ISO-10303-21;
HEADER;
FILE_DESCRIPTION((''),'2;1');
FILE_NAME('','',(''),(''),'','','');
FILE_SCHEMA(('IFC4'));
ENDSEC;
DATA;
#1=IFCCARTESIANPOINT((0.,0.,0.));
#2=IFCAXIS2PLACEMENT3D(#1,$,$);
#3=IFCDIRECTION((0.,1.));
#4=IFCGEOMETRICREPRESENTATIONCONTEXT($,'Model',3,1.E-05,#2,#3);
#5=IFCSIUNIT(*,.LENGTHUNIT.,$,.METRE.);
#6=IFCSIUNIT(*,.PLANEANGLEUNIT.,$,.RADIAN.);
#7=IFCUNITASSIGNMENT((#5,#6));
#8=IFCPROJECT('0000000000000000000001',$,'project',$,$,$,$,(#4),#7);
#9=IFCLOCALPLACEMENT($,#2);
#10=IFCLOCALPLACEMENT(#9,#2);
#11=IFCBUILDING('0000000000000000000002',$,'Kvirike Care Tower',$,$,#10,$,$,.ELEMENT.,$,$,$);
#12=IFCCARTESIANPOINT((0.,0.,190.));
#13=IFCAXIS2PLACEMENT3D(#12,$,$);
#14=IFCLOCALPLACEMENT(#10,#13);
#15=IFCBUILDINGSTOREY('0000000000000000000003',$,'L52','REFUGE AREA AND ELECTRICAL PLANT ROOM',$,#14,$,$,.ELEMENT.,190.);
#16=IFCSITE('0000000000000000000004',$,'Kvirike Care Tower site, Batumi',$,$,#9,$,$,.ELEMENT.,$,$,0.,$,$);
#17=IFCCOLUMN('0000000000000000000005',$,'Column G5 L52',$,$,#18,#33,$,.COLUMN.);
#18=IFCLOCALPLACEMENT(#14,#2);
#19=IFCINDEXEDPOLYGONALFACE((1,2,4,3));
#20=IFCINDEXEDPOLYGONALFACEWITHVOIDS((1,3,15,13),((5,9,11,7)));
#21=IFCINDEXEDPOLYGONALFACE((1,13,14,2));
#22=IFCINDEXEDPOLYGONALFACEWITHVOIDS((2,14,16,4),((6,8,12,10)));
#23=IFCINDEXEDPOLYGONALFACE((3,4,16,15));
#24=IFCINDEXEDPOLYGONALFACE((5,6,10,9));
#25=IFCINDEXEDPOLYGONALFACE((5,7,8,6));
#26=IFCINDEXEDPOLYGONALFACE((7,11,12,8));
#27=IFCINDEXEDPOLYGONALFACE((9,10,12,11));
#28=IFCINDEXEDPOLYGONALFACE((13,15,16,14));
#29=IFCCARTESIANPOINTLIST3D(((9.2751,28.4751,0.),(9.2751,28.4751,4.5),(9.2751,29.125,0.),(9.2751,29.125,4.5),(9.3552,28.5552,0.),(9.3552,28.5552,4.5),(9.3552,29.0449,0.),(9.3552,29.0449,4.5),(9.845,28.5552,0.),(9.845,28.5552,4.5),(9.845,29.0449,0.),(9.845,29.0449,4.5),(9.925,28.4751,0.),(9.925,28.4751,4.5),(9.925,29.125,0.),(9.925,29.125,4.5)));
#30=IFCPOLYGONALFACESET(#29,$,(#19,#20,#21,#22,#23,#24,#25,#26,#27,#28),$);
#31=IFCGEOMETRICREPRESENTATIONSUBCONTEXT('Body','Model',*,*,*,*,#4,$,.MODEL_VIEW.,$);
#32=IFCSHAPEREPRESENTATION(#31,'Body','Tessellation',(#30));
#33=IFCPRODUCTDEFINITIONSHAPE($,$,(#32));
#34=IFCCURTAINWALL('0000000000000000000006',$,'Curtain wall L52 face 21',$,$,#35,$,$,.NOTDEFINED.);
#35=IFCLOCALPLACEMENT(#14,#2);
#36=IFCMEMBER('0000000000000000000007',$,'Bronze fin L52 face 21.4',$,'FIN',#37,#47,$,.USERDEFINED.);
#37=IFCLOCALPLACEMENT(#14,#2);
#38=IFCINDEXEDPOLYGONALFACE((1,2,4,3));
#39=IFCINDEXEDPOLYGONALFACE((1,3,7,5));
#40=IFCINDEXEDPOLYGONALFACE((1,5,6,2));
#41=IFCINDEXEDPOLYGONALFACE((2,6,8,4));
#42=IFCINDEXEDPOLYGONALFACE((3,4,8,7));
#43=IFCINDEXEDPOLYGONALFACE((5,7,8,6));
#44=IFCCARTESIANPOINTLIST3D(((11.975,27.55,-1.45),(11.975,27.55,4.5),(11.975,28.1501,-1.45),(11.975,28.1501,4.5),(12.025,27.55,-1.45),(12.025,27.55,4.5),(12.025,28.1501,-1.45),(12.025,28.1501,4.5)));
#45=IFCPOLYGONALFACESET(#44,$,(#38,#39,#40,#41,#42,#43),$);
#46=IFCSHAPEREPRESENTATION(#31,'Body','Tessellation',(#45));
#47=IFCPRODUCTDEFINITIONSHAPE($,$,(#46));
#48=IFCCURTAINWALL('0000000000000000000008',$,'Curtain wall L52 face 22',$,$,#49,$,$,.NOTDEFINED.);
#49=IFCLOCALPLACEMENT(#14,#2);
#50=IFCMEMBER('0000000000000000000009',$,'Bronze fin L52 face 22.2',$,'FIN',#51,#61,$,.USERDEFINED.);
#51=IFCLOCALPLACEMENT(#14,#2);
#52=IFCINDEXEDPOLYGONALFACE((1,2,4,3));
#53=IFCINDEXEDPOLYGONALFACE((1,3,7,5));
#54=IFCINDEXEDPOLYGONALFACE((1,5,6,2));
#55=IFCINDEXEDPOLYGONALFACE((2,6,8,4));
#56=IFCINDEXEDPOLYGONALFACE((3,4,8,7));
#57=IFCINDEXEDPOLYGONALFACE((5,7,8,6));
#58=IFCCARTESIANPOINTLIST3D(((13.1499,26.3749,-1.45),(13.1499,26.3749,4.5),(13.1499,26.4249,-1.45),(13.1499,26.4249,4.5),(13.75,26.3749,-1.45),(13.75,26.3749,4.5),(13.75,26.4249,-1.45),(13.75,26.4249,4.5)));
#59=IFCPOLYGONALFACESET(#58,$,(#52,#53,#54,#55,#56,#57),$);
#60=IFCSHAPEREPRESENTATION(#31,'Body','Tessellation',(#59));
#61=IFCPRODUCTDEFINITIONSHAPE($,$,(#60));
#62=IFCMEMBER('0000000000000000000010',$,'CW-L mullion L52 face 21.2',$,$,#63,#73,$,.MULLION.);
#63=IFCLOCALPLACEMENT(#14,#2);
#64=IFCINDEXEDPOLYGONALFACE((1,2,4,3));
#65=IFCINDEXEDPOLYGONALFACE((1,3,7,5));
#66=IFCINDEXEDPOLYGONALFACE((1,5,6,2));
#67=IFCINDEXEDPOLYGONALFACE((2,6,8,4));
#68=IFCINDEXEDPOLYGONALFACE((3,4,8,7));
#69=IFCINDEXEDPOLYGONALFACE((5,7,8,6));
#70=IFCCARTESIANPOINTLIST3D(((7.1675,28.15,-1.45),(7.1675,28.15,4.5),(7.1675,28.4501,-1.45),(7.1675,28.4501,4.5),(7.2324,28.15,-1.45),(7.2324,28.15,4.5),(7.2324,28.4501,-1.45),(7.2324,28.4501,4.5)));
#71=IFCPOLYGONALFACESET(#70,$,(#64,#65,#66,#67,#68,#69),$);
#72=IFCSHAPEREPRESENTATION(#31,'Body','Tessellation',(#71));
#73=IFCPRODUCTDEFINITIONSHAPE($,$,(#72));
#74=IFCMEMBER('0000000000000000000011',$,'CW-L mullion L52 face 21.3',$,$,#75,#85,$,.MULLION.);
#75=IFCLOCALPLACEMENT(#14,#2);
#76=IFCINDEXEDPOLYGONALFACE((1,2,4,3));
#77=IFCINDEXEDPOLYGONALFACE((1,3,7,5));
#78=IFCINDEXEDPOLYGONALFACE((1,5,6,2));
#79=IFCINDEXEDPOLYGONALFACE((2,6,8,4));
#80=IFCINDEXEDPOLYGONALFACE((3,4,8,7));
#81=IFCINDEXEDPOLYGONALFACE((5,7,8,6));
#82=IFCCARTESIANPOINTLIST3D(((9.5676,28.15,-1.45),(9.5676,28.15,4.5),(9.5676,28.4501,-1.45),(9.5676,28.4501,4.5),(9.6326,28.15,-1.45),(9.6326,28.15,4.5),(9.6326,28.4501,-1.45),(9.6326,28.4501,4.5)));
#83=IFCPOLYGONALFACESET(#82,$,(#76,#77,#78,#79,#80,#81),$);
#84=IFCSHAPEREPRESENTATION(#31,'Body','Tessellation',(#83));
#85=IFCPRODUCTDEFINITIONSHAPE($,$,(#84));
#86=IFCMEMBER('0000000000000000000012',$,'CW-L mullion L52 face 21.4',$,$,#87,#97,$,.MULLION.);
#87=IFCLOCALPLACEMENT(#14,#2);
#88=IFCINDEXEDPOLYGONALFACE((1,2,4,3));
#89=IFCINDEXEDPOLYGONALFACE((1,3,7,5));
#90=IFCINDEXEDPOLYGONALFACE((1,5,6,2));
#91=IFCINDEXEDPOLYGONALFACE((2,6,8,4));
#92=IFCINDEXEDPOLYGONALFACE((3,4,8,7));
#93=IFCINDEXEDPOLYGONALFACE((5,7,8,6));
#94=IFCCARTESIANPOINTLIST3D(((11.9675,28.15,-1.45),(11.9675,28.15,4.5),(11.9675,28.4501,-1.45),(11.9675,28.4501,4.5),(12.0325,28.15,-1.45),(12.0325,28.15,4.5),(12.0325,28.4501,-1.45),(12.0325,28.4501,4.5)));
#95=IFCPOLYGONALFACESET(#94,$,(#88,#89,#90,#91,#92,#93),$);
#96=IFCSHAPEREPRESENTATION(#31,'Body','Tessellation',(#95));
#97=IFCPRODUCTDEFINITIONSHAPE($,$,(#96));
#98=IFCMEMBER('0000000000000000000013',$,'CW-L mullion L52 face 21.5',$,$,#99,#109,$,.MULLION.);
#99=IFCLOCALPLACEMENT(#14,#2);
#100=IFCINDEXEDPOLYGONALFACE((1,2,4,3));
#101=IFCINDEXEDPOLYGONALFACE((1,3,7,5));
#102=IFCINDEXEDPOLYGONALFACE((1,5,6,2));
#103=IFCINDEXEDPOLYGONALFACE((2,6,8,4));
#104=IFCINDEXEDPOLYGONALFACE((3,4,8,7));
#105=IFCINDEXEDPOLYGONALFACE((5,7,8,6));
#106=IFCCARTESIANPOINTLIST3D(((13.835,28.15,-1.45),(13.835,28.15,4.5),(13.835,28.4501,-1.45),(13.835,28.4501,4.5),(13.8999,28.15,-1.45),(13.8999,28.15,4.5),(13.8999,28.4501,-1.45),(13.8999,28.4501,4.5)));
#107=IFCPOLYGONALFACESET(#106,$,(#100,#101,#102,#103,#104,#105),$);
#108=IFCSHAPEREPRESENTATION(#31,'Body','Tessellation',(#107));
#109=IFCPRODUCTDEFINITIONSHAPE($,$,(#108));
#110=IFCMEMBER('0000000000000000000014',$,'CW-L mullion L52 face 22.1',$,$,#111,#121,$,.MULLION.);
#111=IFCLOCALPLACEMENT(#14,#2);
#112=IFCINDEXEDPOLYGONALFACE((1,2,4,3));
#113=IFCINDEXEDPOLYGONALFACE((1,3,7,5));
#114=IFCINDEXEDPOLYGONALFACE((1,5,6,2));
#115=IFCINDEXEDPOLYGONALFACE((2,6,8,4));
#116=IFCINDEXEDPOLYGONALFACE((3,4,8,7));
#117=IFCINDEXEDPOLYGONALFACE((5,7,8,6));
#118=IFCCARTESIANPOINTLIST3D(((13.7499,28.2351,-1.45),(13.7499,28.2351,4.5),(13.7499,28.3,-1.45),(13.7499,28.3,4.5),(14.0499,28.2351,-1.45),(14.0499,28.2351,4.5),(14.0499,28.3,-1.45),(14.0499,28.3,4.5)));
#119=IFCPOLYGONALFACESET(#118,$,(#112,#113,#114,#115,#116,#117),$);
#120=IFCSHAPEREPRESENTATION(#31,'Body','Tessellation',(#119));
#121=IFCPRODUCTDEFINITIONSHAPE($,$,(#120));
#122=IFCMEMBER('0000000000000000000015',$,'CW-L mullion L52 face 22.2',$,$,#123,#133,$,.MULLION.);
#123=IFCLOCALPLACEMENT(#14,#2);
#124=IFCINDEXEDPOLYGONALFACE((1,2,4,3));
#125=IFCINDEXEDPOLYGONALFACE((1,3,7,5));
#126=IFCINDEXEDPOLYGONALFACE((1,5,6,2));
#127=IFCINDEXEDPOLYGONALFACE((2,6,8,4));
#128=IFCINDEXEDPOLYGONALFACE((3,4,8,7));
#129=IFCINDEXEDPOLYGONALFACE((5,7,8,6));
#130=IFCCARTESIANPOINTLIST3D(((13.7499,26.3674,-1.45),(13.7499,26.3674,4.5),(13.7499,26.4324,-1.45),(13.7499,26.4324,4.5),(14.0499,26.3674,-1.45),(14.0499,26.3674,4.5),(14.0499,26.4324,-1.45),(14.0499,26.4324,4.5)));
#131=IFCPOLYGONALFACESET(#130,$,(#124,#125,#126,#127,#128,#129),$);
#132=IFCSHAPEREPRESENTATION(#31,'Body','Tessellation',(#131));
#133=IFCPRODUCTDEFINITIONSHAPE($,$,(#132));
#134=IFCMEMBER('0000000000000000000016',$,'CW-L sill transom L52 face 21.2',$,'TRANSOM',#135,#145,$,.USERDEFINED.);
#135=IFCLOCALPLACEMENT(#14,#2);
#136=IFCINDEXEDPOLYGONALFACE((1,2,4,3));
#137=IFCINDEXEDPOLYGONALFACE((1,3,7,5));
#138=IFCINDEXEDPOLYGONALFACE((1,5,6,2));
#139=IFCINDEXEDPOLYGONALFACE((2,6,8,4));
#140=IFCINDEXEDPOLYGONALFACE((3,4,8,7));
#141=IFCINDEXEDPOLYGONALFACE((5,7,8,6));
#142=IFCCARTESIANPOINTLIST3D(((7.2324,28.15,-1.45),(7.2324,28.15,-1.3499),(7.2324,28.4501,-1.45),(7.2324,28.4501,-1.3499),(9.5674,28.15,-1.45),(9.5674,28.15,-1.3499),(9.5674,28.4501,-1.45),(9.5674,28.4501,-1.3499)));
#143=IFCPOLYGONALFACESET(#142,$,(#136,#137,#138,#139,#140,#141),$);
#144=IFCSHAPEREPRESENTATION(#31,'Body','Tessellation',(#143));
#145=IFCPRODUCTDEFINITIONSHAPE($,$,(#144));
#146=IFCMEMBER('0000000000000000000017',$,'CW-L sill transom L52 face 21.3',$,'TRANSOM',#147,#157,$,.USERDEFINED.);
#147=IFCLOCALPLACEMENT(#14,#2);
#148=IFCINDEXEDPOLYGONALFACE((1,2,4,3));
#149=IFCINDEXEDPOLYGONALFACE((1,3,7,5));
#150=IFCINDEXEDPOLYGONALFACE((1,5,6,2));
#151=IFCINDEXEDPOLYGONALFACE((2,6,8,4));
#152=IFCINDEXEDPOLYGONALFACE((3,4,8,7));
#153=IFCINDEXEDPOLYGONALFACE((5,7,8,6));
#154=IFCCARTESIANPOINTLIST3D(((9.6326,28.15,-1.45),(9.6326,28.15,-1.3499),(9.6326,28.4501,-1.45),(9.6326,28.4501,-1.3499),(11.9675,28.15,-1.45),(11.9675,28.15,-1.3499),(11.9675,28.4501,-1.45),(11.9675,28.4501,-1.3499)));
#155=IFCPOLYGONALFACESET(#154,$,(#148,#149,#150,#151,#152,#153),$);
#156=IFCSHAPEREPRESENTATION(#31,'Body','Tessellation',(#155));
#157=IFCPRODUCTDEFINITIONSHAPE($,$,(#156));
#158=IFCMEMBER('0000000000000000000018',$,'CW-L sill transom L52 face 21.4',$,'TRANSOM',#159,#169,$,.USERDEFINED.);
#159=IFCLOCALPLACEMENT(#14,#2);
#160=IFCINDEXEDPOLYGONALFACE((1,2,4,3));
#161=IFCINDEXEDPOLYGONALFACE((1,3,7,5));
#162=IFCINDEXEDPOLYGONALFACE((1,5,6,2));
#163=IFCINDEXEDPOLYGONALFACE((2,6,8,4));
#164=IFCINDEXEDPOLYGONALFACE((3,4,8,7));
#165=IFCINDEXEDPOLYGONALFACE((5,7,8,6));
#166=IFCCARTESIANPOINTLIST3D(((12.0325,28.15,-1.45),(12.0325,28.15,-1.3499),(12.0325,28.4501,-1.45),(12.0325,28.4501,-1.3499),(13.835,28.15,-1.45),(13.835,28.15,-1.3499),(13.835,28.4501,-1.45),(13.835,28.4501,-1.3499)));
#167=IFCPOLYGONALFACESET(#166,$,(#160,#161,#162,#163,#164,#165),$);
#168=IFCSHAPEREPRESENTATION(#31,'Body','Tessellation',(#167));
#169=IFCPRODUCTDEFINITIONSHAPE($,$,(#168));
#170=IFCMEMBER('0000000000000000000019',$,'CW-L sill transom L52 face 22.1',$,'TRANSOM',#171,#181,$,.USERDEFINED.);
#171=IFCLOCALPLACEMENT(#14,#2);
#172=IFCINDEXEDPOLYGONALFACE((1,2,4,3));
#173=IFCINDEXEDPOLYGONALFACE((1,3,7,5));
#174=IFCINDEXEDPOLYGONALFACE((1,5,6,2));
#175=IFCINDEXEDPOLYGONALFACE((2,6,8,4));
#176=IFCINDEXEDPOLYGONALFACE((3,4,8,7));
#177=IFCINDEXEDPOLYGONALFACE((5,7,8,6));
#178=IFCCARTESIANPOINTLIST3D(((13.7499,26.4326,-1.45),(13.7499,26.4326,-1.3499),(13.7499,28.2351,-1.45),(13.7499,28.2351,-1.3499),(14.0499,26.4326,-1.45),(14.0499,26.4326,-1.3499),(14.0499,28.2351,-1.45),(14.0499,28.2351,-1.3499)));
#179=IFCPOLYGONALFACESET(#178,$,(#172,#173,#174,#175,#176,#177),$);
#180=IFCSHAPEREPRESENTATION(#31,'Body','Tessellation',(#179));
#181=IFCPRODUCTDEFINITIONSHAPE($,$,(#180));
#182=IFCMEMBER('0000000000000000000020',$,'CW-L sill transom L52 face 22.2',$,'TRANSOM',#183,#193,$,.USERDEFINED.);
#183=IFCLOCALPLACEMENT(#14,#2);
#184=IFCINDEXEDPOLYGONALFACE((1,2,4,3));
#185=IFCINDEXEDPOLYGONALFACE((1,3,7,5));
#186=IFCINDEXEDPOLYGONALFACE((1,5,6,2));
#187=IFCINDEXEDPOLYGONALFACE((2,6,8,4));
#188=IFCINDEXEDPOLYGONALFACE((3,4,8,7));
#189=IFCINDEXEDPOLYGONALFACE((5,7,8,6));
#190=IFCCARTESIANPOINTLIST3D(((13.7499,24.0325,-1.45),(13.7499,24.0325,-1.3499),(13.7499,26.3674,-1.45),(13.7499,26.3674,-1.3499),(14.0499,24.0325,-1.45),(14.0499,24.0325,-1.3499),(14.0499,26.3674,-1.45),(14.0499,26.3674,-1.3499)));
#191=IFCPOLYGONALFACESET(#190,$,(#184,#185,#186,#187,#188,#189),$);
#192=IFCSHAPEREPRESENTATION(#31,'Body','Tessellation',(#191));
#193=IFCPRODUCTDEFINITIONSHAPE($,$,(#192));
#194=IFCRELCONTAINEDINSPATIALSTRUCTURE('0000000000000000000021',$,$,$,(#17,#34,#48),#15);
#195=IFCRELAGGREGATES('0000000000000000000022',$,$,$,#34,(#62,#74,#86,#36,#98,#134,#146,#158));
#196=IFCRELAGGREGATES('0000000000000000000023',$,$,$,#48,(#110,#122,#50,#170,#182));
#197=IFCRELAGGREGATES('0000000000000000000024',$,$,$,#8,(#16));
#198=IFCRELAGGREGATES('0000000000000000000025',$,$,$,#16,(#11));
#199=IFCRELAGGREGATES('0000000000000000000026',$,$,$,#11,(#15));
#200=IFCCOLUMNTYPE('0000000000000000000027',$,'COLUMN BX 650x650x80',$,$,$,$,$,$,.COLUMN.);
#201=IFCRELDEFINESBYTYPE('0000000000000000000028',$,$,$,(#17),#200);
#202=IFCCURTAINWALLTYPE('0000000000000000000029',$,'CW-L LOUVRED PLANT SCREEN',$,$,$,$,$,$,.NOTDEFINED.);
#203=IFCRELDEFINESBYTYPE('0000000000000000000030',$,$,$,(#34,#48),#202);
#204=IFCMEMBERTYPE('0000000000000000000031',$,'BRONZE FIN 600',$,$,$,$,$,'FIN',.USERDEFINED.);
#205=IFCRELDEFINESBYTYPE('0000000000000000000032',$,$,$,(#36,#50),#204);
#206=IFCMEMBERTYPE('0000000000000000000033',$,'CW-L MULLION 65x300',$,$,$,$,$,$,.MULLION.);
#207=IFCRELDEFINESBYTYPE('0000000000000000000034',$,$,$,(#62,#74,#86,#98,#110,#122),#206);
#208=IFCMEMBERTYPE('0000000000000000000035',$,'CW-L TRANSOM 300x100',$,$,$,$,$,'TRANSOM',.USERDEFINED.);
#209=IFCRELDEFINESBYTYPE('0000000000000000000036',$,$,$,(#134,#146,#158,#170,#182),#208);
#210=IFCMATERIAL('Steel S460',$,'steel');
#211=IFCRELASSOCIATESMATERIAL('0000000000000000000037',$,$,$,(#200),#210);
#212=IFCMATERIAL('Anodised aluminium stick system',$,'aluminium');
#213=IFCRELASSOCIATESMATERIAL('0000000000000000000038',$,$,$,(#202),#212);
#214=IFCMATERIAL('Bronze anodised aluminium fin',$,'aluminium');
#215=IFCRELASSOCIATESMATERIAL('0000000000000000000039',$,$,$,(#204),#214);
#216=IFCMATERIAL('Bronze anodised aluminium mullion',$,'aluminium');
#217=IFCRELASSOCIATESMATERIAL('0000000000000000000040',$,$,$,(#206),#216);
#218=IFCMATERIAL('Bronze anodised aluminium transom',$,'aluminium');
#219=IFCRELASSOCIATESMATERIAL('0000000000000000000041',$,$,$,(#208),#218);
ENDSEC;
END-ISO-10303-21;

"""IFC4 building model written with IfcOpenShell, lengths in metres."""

from ifc_helpers import new_model, si_unit, direction, frame, origin, origin_2d, place, context, subcontext, project, spatial, rectangle, hollow_rectangle, extrude, material, material_profile, profile_set, type_object, element, aggregate, save


model = new_model("IFC4")

# Units and contexts
model_context = context("Model", 3, precision=1e-05, world=origin(), true_north=direction((0.0, 1.0)))
body_context = subcontext(model_context, "Body", "Model", "MODEL_VIEW")
ifc_project = project(units=[si_unit("LENGTHUNIT", "METRE"), si_unit("PLANEANGLEUNIT", "RADIAN")], contexts=[model_context])

# Site, building, storey
site_placement = place(None, origin())
site = spatial("IfcSite", under=ifc_project, at=site_placement, Name="Kvirike Care Tower site, Batumi", CompositionType="ELEMENT", RefElevation=0.0)
building_placement = place(site_placement, origin())
building = spatial("IfcBuilding", under=site, at=building_placement, Name="Kvirike Care Tower", CompositionType="ELEMENT")
storey_placement = place(building_placement, frame((0.0, 0.0, 190.0)))
storey = spatial("IfcBuildingStorey", under=building, at=storey_placement, Name="L52", Description="REFUGE AREA AND ELECTRICAL PLANT ROOM", CompositionType="ELEMENT", Elevation=190.0)

# Column
ifc_material_1 = material(Name="Steel S460", Category="steel")
ifc_material_profile_1 = material_profile(ifc_material_1, hollow_rectangle(XDim=0.6499, YDim=0.6499, WallThickness=0.0801, at=origin_2d()), Name="BX 650x650x80")
ifc_profile_set_1 = profile_set([ifc_material_profile_1], Name="Steel S460")
column_type = type_object("IfcColumnType", Name="COLUMN BX 650x650x80", PredefinedType="COLUMN", material=ifc_profile_set_1)
column_placement = place(storey_placement, frame((9.6001, 28.8, 0.0), z_axis=(0.0, 0.0, 1.0), x_axis=(0.0, 1.0, 0.0)))
element("IfcColumn", 1, at=column_placement, inside=storey, type_object=column_type, Name="Column G5 L52", PredefinedType="COLUMN", context=body_context, shape_type="SweptSolid", body=[
    extrude(hollow_rectangle(XDim=0.6499, YDim=0.6499, WallThickness=0.0801, at=origin_2d()), origin(), (0.0, 0.0, 1.0), 4.5),
])

# Curtain walls, members
ifc_material_2 = material(Name="Anodised aluminium stick system", Category="aluminium")
curtain_wall_type = type_object("IfcCurtainWallType", Name="CW-L LOUVRED PLANT SCREEN", PredefinedType="NOTDEFINED", material=ifc_material_2)
curtain_wall_1_placement = place(storey_placement, origin())
curtain_wall_1 = element("IfcCurtainWall", 2, at=curtain_wall_1_placement, inside=storey, type_object=curtain_wall_type, Name="Curtain wall L52 face 21", PredefinedType="NOTDEFINED")
ifc_material_3 = material(Name="Bronze anodised aluminium fin", Category="aluminium")
ifc_material_profile_2 = material_profile(ifc_material_3, rectangle(XDim=0.05, YDim=0.6001, at=origin_2d()), Name="BRONZE FIN 600")
ifc_profile_set_2 = profile_set([ifc_material_profile_2], Name="Bronze anodised aluminium fin")
member_type_1 = type_object("IfcMemberType", Name="BRONZE FIN 600", ElementType="FIN", PredefinedType="USERDEFINED", material=ifc_profile_set_2)
member_1_placement = place(storey_placement, frame((12.0, 27.8501, -1.45), z_axis=(0.0, 0.0, 1.0), x_axis=(1.0, 0.0, 0.0)))
member_1 = element("IfcMember", 3, at=member_1_placement, type_object=member_type_1, Name="Bronze fin L52 face 21.4", ObjectType="FIN", PredefinedType="USERDEFINED", context=body_context, shape_type="SweptSolid", body=[
    extrude(rectangle(XDim=0.05, YDim=0.6001, at=origin_2d()), origin(), (0.0, 0.0, 1.0), 5.95),
])
curtain_wall_2_placement = place(storey_placement, origin())
curtain_wall_2 = element("IfcCurtainWall", 4, at=curtain_wall_2_placement, inside=storey, type_object=curtain_wall_type, Name="Curtain wall L52 face 22", PredefinedType="NOTDEFINED")
member_2_placement = place(storey_placement, frame((13.45, 26.3999, -1.45), z_axis=(0.0, 0.0, 1.0), x_axis=(0.0, -1.0, 0.0)))
member_2 = element("IfcMember", 5, at=member_2_placement, type_object=member_type_1, Name="Bronze fin L52 face 22.2", ObjectType="FIN", PredefinedType="USERDEFINED", context=body_context, shape_type="SweptSolid", body=[
    extrude(rectangle(XDim=0.05, YDim=0.6001, at=origin_2d()), origin(), (0.0, 0.0, 1.0), 5.95),
])

# Members
ifc_material_4 = material(Name="Bronze anodised aluminium mullion", Category="aluminium")
ifc_material_profile_3 = material_profile(ifc_material_4, rectangle(XDim=0.0649, YDim=0.3, at=origin_2d()), Name="CW-L MULLION 65x300")
ifc_profile_set_3 = profile_set([ifc_material_profile_3], Name="Bronze anodised aluminium mullion")
member_type_2 = type_object("IfcMemberType", Name="CW-L MULLION 65x300", PredefinedType="MULLION", material=ifc_profile_set_3)
member_3_placement = place(storey_placement, frame((7.2, 28.3, -1.45), z_axis=(0.0, 0.0, 1.0), x_axis=(1.0, 0.0, 0.0)))
member_3 = element("IfcMember", 6, at=member_3_placement, type_object=member_type_2, Name="CW-L mullion L52 face 21.2", PredefinedType="MULLION", context=body_context, shape_type="SweptSolid", body=[
    extrude(rectangle(XDim=0.0649, YDim=0.3, at=origin_2d()), origin(), (0.0, 0.0, 1.0), 5.95),
])
member_4_placement = place(storey_placement, frame((9.6001, 28.3, -1.45), z_axis=(0.0, 0.0, 1.0), x_axis=(1.0, 0.0, 0.0)))
member_4 = element("IfcMember", 7, at=member_4_placement, type_object=member_type_2, Name="CW-L mullion L52 face 21.3", PredefinedType="MULLION", context=body_context, shape_type="SweptSolid", body=[
    extrude(rectangle(XDim=0.0649, YDim=0.3, at=origin_2d()), origin(), (0.0, 0.0, 1.0), 5.95),
])
member_5_placement = place(storey_placement, frame((12.0, 28.3, -1.45), z_axis=(0.0, 0.0, 1.0), x_axis=(1.0, 0.0, 0.0)))
member_5 = element("IfcMember", 8, at=member_5_placement, type_object=member_type_2, Name="CW-L mullion L52 face 21.4", PredefinedType="MULLION", context=body_context, shape_type="SweptSolid", body=[
    extrude(rectangle(XDim=0.0649, YDim=0.3, at=origin_2d()), origin(), (0.0, 0.0, 1.0), 5.95),
])
member_6_placement = place(storey_placement, frame((13.8674, 28.3, -1.45), z_axis=(0.0, 0.0, 1.0), x_axis=(1.0, 0.0, 0.0)))
member_6 = element("IfcMember", 9, at=member_6_placement, type_object=member_type_2, Name="CW-L mullion L52 face 21.5", PredefinedType="MULLION", context=body_context, shape_type="SweptSolid", body=[
    extrude(rectangle(XDim=0.0649, YDim=0.3, at=origin_2d()), origin(), (0.0, 0.0, 1.0), 5.95),
])
member_7_placement = place(storey_placement, frame((13.8999, 28.2676, -1.45), z_axis=(0.0, 0.0, 1.0), x_axis=(0.0, -1.0, 0.0)))
member_7 = element("IfcMember", 10, at=member_7_placement, type_object=member_type_2, Name="CW-L mullion L52 face 22.1", PredefinedType="MULLION", context=body_context, shape_type="SweptSolid", body=[
    extrude(rectangle(XDim=0.0649, YDim=0.3, at=origin_2d()), origin(), (0.0, 0.0, 1.0), 5.95),
])
member_8_placement = place(storey_placement, frame((13.8999, 26.3999, -1.45), z_axis=(0.0, 0.0, 1.0), x_axis=(0.0, -1.0, 0.0)))
member_8 = element("IfcMember", 11, at=member_8_placement, type_object=member_type_2, Name="CW-L mullion L52 face 22.2", PredefinedType="MULLION", context=body_context, shape_type="SweptSolid", body=[
    extrude(rectangle(XDim=0.0649, YDim=0.3, at=origin_2d()), origin(), (0.0, 0.0, 1.0), 5.95),
])
ifc_material_5 = material(Name="Bronze anodised aluminium transom", Category="aluminium")
ifc_material_profile_4 = material_profile(ifc_material_5, rectangle(XDim=0.3, YDim=0.1001, at=origin_2d()), Name="CW-L TRANSOM 300x100")
ifc_profile_set_4 = profile_set([ifc_material_profile_4], Name="Bronze anodised aluminium transom")
member_type_3 = type_object("IfcMemberType", Name="CW-L TRANSOM 300x100", ElementType="TRANSOM", PredefinedType="USERDEFINED", material=ifc_profile_set_4)
member_9_placement = place(storey_placement, frame((7.2324, 28.3, -1.3999), z_axis=(1.0, 0.0, 0.0), x_axis=(0.0, 1.0, 0.0)))
member_9 = element("IfcMember", 12, at=member_9_placement, type_object=member_type_3, Name="CW-L sill transom L52 face 21.2", ObjectType="TRANSOM", PredefinedType="USERDEFINED", context=body_context, shape_type="SweptSolid", body=[
    extrude(rectangle(XDim=0.3, YDim=0.1001, at=origin_2d()), origin(), (0.0, 0.0, 1.0), 2.335),
])
member_10_placement = place(storey_placement, frame((9.6326, 28.3, -1.3999), z_axis=(1.0, 0.0, 0.0), x_axis=(0.0, 1.0, 0.0)))
member_10 = element("IfcMember", 13, at=member_10_placement, type_object=member_type_3, Name="CW-L sill transom L52 face 21.3", ObjectType="TRANSOM", PredefinedType="USERDEFINED", context=body_context, shape_type="SweptSolid", body=[
    extrude(rectangle(XDim=0.3, YDim=0.1001, at=origin_2d()), origin(), (0.0, 0.0, 1.0), 2.335),
])
member_11_placement = place(storey_placement, frame((12.0325, 28.3, -1.3999), z_axis=(1.0, 0.0, 0.0), x_axis=(0.0, 1.0, 0.0)))
member_11 = element("IfcMember", 14, at=member_11_placement, type_object=member_type_3, Name="CW-L sill transom L52 face 21.4", ObjectType="TRANSOM", PredefinedType="USERDEFINED", context=body_context, shape_type="SweptSolid", body=[
    extrude(rectangle(XDim=0.3, YDim=0.1001, at=origin_2d()), origin(), (0.0, 0.0, 1.0), 1.8025),
])
member_12_placement = place(storey_placement, frame((13.8999, 28.2351, -1.3999), z_axis=(0.0, -1.0, 0.0), x_axis=(1.0, 0.0, 0.0)))
member_12 = element("IfcMember", 15, at=member_12_placement, type_object=member_type_3, Name="CW-L sill transom L52 face 22.1", ObjectType="TRANSOM", PredefinedType="USERDEFINED", context=body_context, shape_type="SweptSolid", body=[
    extrude(rectangle(XDim=0.3, YDim=0.1001, at=origin_2d()), origin(), (0.0, 0.0, 1.0), 1.8025),
])
member_13_placement = place(storey_placement, frame((13.8999, 26.3674, -1.3999), z_axis=(0.0, -1.0, 0.0), x_axis=(1.0, 0.0, 0.0)))
member_13 = element("IfcMember", 16, at=member_13_placement, type_object=member_type_3, Name="CW-L sill transom L52 face 22.2", ObjectType="TRANSOM", PredefinedType="USERDEFINED", context=body_context, shape_type="SweptSolid", body=[
    extrude(rectangle(XDim=0.3, YDim=0.1001, at=origin_2d()), origin(), (0.0, 0.0, 1.0), 2.335),
])

aggregate(curtain_wall_1, [member_3, member_4, member_5, member_1, member_6, member_9, member_10, member_11])
aggregate(curtain_wall_2, [member_7, member_8, member_2, member_12, member_13])

save(model, "model.ifc")
